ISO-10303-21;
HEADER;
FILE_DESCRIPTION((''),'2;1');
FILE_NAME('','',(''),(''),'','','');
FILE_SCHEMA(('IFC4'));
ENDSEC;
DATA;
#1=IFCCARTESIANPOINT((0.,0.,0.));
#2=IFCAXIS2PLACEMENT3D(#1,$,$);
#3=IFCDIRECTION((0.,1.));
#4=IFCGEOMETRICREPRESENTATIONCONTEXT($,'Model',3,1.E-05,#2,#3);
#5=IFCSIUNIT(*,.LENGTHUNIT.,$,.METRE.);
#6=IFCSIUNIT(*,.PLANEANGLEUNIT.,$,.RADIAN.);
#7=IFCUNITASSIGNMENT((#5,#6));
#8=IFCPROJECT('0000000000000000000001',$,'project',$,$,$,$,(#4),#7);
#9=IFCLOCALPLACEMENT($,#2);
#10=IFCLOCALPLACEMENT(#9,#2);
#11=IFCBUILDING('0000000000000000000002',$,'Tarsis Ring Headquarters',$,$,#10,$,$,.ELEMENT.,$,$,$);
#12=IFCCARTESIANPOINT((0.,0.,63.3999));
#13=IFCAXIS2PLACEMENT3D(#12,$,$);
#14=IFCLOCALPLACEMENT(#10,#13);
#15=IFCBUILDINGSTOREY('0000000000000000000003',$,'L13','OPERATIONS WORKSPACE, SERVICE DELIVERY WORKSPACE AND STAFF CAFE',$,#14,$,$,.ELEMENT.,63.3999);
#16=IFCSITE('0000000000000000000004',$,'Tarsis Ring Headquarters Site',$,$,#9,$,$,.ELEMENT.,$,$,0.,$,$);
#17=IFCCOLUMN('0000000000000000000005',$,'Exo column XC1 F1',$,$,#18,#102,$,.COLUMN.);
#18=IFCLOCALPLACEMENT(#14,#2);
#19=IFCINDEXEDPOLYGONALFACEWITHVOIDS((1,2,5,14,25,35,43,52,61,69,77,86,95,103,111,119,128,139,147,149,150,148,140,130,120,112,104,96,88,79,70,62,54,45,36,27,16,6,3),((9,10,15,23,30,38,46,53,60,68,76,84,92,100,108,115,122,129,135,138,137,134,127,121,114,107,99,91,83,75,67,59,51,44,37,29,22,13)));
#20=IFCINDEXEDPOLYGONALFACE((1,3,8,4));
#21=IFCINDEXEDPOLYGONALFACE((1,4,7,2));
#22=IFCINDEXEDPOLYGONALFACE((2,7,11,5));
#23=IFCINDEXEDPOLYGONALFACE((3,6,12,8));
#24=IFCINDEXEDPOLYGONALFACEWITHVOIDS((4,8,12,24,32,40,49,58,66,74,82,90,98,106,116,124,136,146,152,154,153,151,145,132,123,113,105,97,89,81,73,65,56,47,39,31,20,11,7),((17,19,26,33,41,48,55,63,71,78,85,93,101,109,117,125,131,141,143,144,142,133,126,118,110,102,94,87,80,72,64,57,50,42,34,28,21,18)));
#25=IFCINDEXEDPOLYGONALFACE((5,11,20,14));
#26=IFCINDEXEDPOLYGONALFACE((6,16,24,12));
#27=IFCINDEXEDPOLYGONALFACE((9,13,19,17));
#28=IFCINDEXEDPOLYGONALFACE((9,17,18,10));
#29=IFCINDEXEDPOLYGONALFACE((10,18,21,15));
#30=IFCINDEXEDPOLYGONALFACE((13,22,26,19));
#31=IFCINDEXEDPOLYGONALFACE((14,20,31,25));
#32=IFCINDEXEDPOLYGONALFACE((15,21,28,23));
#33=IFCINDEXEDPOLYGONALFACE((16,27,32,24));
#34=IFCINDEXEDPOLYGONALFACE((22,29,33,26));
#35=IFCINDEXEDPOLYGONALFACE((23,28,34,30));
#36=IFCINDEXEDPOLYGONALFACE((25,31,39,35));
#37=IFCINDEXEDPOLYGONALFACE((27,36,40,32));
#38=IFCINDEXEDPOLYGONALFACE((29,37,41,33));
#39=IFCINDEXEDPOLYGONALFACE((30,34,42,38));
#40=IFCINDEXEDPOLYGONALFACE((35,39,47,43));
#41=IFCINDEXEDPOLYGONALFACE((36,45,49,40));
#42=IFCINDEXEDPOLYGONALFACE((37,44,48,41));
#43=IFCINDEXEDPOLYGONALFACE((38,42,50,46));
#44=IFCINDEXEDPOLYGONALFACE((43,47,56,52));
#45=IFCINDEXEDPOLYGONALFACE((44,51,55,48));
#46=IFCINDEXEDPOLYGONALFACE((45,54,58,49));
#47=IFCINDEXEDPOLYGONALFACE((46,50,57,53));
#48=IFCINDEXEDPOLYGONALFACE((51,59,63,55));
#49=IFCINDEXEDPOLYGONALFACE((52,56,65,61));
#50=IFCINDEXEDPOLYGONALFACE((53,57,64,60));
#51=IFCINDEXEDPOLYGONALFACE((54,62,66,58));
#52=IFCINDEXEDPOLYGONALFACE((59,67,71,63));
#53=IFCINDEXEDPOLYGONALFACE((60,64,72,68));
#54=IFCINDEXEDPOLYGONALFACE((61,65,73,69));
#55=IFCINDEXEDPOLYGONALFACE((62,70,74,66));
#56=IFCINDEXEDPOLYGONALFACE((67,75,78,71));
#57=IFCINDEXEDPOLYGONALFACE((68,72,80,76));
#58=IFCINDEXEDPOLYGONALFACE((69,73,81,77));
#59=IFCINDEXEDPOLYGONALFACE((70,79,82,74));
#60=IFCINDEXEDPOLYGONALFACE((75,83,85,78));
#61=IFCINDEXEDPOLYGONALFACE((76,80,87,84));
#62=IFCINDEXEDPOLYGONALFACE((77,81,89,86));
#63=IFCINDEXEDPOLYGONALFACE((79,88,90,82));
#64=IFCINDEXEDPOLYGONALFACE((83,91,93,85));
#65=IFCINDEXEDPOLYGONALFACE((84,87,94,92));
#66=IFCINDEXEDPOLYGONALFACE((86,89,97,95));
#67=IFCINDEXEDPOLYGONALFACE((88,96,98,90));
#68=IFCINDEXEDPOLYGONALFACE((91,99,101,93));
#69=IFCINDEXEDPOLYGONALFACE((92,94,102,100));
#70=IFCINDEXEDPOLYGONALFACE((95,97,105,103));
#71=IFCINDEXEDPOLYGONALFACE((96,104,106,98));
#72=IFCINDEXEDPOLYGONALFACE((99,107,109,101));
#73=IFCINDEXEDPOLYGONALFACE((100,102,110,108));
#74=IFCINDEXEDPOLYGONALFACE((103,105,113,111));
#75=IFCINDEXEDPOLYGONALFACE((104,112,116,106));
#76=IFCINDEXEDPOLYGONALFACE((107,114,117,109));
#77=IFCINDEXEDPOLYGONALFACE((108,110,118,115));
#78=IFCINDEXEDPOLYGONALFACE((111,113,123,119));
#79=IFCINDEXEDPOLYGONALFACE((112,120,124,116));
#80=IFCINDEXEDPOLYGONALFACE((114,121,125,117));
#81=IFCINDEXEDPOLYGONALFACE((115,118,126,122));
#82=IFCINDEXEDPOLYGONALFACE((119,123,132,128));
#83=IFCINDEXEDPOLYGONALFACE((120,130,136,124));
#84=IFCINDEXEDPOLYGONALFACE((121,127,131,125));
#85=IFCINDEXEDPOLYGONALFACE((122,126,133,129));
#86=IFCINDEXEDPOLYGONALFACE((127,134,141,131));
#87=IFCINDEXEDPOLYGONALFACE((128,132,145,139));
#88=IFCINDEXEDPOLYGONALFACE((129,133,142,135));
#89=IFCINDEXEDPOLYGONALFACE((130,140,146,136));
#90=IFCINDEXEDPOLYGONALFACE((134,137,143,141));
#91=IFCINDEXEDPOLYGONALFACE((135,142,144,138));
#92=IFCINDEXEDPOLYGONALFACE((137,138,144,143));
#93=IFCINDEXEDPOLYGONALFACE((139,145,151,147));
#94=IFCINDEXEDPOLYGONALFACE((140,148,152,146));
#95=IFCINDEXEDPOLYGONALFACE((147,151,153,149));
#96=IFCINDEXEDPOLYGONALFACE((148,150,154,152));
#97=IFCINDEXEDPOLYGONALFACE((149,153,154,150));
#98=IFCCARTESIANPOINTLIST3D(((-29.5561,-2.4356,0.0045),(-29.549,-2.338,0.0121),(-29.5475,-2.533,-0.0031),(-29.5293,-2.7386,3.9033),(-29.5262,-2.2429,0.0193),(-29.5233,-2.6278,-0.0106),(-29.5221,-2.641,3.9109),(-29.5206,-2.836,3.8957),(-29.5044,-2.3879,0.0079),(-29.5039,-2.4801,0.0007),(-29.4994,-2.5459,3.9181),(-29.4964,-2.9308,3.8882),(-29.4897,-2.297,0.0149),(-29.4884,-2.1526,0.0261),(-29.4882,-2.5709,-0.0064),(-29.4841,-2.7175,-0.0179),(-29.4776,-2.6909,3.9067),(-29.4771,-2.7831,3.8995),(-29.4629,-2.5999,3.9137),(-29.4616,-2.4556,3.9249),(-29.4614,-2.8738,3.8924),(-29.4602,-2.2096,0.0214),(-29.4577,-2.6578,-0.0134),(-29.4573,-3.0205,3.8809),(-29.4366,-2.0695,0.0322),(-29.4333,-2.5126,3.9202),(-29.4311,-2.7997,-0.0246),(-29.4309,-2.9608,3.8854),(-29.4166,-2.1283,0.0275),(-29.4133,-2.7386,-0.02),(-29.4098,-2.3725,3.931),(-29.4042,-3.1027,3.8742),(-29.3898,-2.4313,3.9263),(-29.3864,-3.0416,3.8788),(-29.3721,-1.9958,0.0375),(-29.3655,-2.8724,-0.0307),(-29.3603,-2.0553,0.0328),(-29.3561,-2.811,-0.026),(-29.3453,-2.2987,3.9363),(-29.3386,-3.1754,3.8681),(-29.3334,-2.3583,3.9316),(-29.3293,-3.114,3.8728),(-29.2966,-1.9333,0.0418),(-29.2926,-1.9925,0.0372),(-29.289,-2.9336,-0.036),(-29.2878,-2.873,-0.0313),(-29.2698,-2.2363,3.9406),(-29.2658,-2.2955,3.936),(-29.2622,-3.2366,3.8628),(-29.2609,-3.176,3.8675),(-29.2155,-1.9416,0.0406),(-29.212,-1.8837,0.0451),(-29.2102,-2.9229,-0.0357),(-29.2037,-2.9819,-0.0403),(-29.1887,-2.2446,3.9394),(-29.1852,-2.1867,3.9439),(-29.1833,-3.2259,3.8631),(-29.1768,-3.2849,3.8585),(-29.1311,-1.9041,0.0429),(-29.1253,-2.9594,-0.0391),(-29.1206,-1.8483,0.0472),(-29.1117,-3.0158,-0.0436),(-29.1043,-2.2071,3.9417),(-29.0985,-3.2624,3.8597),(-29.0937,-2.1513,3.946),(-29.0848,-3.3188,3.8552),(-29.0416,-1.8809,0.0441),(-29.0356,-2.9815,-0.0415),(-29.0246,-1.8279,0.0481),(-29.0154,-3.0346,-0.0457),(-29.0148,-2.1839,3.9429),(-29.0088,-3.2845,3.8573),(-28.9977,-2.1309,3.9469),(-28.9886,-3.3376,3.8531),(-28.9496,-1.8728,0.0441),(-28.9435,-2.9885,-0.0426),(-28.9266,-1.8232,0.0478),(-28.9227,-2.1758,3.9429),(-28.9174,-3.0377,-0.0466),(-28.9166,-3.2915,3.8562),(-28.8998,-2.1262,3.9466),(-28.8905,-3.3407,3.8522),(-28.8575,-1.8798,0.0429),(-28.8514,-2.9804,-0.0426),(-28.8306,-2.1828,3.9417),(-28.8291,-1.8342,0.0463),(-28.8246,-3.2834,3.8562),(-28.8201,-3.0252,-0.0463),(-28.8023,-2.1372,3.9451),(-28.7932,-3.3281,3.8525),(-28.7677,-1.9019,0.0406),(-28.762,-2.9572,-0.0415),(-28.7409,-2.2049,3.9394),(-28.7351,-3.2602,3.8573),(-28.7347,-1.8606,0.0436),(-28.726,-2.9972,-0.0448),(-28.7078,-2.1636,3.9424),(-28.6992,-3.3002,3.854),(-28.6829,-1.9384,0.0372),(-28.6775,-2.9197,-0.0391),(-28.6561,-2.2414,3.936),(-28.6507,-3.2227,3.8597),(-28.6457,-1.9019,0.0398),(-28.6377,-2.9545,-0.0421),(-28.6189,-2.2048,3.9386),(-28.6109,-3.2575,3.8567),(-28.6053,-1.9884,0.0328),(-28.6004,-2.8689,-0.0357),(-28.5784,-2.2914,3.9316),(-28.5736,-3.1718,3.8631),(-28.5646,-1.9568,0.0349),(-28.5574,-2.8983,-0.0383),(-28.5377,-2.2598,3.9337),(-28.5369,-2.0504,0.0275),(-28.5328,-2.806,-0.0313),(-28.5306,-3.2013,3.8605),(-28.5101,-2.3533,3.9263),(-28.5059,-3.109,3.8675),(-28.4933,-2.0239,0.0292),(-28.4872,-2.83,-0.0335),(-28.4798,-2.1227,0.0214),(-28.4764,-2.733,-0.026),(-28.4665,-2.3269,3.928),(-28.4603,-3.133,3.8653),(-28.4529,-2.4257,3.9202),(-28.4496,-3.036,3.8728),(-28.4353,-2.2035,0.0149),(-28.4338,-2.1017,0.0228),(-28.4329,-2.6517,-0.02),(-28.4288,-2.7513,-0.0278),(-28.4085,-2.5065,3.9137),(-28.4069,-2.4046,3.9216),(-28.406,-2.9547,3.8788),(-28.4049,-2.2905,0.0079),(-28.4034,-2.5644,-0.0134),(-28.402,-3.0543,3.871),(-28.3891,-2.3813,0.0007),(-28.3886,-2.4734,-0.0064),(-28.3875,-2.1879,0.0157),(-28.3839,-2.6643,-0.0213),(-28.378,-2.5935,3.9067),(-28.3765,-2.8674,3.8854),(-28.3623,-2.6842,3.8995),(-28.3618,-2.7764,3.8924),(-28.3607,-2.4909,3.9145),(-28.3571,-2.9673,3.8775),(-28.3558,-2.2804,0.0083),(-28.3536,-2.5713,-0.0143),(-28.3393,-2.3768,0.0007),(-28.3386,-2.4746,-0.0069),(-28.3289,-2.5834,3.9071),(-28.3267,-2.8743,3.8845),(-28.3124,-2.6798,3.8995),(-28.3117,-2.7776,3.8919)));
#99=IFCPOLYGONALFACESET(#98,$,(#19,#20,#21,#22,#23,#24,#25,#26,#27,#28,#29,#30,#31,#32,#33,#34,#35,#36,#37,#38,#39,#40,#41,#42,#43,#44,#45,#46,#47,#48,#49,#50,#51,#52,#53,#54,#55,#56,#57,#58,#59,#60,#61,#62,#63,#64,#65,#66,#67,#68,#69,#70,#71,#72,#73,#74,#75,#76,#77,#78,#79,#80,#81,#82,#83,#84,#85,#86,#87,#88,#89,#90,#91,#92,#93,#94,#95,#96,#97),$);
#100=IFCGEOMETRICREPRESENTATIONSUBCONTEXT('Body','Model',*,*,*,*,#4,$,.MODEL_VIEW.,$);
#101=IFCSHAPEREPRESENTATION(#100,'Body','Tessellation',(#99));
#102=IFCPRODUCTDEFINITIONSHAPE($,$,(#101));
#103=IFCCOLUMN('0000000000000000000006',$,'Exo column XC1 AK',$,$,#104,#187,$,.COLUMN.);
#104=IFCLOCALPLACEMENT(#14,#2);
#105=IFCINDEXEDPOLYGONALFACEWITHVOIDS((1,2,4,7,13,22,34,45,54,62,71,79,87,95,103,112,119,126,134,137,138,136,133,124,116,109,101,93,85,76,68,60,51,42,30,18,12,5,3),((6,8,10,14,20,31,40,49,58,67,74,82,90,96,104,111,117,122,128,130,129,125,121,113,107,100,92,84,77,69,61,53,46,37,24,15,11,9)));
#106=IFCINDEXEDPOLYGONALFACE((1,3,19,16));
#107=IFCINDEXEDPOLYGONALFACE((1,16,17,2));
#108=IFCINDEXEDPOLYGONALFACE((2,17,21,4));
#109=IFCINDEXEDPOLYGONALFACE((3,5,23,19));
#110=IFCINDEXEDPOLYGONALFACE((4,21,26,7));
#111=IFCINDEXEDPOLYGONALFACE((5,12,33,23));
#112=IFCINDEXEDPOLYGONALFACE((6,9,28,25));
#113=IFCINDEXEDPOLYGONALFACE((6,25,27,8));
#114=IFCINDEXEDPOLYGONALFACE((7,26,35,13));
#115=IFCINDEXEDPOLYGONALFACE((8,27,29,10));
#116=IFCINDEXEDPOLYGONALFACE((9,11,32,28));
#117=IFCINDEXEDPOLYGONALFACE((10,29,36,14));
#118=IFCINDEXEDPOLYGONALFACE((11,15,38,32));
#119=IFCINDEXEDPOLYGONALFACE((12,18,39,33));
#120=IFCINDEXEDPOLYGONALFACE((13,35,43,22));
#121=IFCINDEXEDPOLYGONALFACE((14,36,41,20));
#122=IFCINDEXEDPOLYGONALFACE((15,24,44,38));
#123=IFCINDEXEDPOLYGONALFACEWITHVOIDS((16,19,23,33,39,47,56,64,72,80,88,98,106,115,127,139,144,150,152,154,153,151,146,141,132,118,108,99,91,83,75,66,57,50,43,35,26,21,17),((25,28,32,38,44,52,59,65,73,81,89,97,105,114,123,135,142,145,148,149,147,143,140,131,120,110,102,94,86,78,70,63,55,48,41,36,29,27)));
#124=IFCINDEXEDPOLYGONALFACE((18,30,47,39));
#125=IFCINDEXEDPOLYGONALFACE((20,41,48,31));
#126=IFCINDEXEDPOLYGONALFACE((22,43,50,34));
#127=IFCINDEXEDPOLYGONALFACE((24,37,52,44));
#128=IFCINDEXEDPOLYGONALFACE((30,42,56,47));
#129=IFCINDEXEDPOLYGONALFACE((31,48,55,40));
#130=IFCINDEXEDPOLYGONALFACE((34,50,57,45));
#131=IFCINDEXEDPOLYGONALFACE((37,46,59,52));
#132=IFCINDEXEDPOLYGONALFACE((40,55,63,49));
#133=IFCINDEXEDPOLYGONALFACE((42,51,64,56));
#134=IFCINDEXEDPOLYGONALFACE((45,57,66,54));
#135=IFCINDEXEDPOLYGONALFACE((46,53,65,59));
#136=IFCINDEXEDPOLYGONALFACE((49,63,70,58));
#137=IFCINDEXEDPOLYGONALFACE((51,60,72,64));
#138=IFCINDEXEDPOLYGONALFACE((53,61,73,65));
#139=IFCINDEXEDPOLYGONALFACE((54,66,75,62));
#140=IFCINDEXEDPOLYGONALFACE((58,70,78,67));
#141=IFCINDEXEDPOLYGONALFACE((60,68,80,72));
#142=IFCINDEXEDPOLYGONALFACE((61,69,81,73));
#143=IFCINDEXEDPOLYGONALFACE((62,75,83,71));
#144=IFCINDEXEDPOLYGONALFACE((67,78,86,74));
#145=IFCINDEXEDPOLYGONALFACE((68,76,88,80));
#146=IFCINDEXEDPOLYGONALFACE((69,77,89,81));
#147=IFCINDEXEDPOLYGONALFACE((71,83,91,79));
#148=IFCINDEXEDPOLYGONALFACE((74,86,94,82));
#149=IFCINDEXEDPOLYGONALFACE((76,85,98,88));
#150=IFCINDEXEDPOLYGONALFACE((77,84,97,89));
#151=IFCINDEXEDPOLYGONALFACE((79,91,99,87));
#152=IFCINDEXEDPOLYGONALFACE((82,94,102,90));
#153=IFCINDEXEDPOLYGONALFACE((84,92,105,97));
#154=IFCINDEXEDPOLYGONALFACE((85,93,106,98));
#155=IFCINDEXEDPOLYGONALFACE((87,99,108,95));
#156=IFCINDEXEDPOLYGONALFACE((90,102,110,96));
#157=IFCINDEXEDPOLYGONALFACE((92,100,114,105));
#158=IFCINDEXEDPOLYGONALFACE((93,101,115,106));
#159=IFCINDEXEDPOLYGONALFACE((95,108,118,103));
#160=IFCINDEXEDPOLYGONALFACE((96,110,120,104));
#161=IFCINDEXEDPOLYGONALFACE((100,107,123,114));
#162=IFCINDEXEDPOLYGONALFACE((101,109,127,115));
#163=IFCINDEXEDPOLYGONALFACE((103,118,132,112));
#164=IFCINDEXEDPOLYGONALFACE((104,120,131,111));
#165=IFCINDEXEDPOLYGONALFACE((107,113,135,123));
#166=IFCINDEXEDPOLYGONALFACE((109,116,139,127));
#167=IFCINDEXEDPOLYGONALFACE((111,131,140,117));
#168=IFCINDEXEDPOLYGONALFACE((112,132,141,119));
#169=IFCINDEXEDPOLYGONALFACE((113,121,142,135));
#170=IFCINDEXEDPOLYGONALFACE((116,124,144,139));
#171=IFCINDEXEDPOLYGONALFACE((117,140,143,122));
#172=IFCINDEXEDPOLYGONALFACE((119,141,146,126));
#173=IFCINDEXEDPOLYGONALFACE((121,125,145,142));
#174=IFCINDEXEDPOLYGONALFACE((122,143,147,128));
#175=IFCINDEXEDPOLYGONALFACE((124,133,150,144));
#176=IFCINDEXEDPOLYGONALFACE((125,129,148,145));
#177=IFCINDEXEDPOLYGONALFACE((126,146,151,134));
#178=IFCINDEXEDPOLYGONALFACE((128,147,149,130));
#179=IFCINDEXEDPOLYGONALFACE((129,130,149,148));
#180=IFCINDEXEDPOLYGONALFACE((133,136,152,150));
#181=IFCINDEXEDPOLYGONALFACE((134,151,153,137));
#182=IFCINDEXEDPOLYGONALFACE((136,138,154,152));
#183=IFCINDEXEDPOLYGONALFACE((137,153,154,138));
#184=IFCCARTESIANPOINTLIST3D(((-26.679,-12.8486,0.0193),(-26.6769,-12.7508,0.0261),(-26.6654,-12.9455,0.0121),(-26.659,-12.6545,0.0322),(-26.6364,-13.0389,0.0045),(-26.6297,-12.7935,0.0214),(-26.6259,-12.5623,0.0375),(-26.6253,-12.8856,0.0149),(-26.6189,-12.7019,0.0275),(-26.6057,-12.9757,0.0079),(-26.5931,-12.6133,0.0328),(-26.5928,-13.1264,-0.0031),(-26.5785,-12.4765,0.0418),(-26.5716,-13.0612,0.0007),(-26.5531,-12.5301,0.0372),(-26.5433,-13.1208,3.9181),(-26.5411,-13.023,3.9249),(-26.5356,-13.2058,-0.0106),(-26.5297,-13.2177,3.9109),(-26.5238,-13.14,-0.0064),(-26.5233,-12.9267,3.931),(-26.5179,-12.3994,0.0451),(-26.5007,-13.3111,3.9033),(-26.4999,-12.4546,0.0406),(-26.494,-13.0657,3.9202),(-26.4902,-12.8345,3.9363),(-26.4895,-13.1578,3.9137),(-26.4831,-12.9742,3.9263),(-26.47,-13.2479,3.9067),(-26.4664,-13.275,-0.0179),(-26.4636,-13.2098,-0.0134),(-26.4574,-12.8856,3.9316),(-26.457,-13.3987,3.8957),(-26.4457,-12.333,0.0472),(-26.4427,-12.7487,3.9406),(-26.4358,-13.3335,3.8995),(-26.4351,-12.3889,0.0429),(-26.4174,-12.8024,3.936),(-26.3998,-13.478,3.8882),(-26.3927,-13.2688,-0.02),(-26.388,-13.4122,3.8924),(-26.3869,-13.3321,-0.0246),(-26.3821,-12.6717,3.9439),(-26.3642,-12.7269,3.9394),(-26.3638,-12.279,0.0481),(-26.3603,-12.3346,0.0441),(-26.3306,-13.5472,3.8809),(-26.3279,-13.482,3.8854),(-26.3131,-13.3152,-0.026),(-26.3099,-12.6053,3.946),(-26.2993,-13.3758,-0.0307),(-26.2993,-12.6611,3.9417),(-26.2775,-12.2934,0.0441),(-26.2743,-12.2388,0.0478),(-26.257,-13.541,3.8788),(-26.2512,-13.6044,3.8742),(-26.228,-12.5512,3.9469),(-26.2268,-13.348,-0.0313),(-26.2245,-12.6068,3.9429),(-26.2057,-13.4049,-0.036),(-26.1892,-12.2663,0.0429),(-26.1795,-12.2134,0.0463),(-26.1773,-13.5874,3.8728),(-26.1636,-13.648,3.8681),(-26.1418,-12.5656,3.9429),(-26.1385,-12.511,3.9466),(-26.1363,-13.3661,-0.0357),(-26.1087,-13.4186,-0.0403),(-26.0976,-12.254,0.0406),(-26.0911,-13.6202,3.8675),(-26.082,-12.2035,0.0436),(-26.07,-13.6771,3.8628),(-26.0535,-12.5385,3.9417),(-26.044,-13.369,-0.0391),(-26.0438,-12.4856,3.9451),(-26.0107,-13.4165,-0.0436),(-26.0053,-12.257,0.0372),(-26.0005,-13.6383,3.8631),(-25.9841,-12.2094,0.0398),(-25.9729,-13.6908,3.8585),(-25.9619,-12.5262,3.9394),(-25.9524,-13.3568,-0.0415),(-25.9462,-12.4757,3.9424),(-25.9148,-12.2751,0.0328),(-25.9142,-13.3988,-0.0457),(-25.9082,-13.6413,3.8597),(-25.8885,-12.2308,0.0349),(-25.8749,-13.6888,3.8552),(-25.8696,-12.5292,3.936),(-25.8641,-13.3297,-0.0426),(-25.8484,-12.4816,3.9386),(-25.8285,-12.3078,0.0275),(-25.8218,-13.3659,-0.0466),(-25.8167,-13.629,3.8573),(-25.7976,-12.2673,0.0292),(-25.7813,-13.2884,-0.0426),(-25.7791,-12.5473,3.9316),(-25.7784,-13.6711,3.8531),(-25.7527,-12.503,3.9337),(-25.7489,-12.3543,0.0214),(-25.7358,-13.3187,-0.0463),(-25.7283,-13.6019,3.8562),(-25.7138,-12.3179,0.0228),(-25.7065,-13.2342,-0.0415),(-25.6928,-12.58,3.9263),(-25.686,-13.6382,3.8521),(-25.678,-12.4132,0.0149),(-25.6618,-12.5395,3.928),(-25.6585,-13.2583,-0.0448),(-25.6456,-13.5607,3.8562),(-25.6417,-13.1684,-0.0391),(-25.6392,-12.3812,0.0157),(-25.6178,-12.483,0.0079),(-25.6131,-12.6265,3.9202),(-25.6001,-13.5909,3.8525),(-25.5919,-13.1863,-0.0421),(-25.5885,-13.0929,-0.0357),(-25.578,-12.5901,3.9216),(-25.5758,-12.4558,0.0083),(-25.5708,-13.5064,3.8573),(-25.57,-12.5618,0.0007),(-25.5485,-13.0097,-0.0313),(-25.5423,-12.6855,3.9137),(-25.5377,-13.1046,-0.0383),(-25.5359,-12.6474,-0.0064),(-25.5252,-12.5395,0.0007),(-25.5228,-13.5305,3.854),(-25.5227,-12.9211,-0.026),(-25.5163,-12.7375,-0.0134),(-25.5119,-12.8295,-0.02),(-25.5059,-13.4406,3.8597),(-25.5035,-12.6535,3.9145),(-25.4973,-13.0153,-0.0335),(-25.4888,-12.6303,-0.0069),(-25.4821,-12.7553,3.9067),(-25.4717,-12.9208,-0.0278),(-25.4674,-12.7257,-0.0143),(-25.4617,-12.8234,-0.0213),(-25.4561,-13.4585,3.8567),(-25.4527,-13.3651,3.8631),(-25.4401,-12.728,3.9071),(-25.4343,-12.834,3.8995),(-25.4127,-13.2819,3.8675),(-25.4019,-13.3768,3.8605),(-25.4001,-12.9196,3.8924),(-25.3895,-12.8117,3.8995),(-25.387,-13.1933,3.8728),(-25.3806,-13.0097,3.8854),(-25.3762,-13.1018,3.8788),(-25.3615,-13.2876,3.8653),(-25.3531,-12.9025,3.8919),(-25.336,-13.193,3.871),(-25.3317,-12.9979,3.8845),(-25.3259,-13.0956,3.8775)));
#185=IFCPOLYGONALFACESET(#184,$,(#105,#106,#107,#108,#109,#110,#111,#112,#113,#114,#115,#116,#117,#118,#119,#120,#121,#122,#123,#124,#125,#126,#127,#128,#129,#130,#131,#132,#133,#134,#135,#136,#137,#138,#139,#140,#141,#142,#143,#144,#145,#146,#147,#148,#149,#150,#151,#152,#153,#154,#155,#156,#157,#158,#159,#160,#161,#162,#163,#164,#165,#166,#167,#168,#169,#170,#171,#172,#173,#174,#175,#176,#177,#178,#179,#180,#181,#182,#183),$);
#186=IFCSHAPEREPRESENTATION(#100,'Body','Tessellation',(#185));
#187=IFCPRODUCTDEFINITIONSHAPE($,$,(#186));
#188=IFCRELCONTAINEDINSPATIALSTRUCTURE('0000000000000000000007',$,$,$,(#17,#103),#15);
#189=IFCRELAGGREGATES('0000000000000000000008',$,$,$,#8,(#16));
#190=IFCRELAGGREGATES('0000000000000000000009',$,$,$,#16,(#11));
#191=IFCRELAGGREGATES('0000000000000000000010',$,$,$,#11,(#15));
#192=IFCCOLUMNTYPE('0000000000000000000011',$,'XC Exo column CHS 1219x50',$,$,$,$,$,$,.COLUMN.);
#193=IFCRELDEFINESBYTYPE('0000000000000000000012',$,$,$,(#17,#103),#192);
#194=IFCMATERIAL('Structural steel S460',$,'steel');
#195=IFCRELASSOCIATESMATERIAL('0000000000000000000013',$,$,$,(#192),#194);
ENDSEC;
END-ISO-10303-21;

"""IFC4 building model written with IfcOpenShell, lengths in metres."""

from ifc_helpers import new_model, si_unit, direction, frame, origin, origin_2d, place, context, subcontext, project, spatial, hollow_circle, extrude, material, material_profile, profile_set, type_object, element, save


model = new_model("IFC4")

# Units and contexts
model_context = context("Model", 3, precision=1e-05, world=origin(), true_north=direction((0.0, 1.0)))
body_context = subcontext(model_context, "Body", "Model", "MODEL_VIEW")
ifc_project = project(units=[si_unit("LENGTHUNIT", "METRE"), si_unit("PLANEANGLEUNIT", "RADIAN")], contexts=[model_context])

# Site, building, storey
site_placement = place(None, origin())
site = spatial("IfcSite", under=ifc_project, at=site_placement, Name="Tarsis Ring Headquarters Site", CompositionType="ELEMENT", RefElevation=0.0)
building_placement = place(site_placement, origin())
building = spatial("IfcBuilding", under=site, at=building_placement, Name="Tarsis Ring Headquarters", CompositionType="ELEMENT")
storey_placement = place(building_placement, frame((0.0, 0.0, 63.3999)))
storey = spatial("IfcBuildingStorey", under=building, at=storey_placement, Name="L13", Description="OPERATIONS WORKSPACE, SERVICE DELIVERY WORKSPACE AND STAFF CAFE", CompositionType="ELEMENT", Elevation=63.3999)

# Columns
ifc_material_1 = material(Name="Structural steel S460", Category="steel")
ifc_material_profile_1 = material_profile(ifc_material_1, hollow_circle(Radius=0.6096, WallThickness=0.05, at=origin_2d()), Name="CHS 1219x50")
ifc_profile_set_1 = profile_set([ifc_material_profile_1], Name="Structural steel S460")
column_type = type_object("IfcColumnType", Name="XC Exo column CHS 1219x50", PredefinedType="COLUMN", material=ifc_profile_set_1)
for number, where, z_axis, x_axis, name in (
    (1, (-28.9465, -2.4307, 0.0007), (0.006867, -0.077478, 0.99697), (0.996095, 0.088292, 0.0), "Exo column XC1 F1"),
    (2, (-26.0708, -12.8115, 0.0007), (0.034712, -0.069611, 0.99697), (0.894908, 0.44625, 0.0), "Exo column XC1 AK"),
):
    element("IfcColumn", number, at=place(storey_placement, frame(where, z_axis=z_axis, x_axis=x_axis)), inside=storey, type_object=column_type, Name=name, PredefinedType="COLUMN", context=body_context, shape_type="SweptSolid", body=[
        extrude(hollow_circle(Radius=0.6096, WallThickness=0.05, at=origin_2d()), origin(), (0.0, 0.0, 1.0), 3.9106),
    ])

save(model, "model.ifc")
